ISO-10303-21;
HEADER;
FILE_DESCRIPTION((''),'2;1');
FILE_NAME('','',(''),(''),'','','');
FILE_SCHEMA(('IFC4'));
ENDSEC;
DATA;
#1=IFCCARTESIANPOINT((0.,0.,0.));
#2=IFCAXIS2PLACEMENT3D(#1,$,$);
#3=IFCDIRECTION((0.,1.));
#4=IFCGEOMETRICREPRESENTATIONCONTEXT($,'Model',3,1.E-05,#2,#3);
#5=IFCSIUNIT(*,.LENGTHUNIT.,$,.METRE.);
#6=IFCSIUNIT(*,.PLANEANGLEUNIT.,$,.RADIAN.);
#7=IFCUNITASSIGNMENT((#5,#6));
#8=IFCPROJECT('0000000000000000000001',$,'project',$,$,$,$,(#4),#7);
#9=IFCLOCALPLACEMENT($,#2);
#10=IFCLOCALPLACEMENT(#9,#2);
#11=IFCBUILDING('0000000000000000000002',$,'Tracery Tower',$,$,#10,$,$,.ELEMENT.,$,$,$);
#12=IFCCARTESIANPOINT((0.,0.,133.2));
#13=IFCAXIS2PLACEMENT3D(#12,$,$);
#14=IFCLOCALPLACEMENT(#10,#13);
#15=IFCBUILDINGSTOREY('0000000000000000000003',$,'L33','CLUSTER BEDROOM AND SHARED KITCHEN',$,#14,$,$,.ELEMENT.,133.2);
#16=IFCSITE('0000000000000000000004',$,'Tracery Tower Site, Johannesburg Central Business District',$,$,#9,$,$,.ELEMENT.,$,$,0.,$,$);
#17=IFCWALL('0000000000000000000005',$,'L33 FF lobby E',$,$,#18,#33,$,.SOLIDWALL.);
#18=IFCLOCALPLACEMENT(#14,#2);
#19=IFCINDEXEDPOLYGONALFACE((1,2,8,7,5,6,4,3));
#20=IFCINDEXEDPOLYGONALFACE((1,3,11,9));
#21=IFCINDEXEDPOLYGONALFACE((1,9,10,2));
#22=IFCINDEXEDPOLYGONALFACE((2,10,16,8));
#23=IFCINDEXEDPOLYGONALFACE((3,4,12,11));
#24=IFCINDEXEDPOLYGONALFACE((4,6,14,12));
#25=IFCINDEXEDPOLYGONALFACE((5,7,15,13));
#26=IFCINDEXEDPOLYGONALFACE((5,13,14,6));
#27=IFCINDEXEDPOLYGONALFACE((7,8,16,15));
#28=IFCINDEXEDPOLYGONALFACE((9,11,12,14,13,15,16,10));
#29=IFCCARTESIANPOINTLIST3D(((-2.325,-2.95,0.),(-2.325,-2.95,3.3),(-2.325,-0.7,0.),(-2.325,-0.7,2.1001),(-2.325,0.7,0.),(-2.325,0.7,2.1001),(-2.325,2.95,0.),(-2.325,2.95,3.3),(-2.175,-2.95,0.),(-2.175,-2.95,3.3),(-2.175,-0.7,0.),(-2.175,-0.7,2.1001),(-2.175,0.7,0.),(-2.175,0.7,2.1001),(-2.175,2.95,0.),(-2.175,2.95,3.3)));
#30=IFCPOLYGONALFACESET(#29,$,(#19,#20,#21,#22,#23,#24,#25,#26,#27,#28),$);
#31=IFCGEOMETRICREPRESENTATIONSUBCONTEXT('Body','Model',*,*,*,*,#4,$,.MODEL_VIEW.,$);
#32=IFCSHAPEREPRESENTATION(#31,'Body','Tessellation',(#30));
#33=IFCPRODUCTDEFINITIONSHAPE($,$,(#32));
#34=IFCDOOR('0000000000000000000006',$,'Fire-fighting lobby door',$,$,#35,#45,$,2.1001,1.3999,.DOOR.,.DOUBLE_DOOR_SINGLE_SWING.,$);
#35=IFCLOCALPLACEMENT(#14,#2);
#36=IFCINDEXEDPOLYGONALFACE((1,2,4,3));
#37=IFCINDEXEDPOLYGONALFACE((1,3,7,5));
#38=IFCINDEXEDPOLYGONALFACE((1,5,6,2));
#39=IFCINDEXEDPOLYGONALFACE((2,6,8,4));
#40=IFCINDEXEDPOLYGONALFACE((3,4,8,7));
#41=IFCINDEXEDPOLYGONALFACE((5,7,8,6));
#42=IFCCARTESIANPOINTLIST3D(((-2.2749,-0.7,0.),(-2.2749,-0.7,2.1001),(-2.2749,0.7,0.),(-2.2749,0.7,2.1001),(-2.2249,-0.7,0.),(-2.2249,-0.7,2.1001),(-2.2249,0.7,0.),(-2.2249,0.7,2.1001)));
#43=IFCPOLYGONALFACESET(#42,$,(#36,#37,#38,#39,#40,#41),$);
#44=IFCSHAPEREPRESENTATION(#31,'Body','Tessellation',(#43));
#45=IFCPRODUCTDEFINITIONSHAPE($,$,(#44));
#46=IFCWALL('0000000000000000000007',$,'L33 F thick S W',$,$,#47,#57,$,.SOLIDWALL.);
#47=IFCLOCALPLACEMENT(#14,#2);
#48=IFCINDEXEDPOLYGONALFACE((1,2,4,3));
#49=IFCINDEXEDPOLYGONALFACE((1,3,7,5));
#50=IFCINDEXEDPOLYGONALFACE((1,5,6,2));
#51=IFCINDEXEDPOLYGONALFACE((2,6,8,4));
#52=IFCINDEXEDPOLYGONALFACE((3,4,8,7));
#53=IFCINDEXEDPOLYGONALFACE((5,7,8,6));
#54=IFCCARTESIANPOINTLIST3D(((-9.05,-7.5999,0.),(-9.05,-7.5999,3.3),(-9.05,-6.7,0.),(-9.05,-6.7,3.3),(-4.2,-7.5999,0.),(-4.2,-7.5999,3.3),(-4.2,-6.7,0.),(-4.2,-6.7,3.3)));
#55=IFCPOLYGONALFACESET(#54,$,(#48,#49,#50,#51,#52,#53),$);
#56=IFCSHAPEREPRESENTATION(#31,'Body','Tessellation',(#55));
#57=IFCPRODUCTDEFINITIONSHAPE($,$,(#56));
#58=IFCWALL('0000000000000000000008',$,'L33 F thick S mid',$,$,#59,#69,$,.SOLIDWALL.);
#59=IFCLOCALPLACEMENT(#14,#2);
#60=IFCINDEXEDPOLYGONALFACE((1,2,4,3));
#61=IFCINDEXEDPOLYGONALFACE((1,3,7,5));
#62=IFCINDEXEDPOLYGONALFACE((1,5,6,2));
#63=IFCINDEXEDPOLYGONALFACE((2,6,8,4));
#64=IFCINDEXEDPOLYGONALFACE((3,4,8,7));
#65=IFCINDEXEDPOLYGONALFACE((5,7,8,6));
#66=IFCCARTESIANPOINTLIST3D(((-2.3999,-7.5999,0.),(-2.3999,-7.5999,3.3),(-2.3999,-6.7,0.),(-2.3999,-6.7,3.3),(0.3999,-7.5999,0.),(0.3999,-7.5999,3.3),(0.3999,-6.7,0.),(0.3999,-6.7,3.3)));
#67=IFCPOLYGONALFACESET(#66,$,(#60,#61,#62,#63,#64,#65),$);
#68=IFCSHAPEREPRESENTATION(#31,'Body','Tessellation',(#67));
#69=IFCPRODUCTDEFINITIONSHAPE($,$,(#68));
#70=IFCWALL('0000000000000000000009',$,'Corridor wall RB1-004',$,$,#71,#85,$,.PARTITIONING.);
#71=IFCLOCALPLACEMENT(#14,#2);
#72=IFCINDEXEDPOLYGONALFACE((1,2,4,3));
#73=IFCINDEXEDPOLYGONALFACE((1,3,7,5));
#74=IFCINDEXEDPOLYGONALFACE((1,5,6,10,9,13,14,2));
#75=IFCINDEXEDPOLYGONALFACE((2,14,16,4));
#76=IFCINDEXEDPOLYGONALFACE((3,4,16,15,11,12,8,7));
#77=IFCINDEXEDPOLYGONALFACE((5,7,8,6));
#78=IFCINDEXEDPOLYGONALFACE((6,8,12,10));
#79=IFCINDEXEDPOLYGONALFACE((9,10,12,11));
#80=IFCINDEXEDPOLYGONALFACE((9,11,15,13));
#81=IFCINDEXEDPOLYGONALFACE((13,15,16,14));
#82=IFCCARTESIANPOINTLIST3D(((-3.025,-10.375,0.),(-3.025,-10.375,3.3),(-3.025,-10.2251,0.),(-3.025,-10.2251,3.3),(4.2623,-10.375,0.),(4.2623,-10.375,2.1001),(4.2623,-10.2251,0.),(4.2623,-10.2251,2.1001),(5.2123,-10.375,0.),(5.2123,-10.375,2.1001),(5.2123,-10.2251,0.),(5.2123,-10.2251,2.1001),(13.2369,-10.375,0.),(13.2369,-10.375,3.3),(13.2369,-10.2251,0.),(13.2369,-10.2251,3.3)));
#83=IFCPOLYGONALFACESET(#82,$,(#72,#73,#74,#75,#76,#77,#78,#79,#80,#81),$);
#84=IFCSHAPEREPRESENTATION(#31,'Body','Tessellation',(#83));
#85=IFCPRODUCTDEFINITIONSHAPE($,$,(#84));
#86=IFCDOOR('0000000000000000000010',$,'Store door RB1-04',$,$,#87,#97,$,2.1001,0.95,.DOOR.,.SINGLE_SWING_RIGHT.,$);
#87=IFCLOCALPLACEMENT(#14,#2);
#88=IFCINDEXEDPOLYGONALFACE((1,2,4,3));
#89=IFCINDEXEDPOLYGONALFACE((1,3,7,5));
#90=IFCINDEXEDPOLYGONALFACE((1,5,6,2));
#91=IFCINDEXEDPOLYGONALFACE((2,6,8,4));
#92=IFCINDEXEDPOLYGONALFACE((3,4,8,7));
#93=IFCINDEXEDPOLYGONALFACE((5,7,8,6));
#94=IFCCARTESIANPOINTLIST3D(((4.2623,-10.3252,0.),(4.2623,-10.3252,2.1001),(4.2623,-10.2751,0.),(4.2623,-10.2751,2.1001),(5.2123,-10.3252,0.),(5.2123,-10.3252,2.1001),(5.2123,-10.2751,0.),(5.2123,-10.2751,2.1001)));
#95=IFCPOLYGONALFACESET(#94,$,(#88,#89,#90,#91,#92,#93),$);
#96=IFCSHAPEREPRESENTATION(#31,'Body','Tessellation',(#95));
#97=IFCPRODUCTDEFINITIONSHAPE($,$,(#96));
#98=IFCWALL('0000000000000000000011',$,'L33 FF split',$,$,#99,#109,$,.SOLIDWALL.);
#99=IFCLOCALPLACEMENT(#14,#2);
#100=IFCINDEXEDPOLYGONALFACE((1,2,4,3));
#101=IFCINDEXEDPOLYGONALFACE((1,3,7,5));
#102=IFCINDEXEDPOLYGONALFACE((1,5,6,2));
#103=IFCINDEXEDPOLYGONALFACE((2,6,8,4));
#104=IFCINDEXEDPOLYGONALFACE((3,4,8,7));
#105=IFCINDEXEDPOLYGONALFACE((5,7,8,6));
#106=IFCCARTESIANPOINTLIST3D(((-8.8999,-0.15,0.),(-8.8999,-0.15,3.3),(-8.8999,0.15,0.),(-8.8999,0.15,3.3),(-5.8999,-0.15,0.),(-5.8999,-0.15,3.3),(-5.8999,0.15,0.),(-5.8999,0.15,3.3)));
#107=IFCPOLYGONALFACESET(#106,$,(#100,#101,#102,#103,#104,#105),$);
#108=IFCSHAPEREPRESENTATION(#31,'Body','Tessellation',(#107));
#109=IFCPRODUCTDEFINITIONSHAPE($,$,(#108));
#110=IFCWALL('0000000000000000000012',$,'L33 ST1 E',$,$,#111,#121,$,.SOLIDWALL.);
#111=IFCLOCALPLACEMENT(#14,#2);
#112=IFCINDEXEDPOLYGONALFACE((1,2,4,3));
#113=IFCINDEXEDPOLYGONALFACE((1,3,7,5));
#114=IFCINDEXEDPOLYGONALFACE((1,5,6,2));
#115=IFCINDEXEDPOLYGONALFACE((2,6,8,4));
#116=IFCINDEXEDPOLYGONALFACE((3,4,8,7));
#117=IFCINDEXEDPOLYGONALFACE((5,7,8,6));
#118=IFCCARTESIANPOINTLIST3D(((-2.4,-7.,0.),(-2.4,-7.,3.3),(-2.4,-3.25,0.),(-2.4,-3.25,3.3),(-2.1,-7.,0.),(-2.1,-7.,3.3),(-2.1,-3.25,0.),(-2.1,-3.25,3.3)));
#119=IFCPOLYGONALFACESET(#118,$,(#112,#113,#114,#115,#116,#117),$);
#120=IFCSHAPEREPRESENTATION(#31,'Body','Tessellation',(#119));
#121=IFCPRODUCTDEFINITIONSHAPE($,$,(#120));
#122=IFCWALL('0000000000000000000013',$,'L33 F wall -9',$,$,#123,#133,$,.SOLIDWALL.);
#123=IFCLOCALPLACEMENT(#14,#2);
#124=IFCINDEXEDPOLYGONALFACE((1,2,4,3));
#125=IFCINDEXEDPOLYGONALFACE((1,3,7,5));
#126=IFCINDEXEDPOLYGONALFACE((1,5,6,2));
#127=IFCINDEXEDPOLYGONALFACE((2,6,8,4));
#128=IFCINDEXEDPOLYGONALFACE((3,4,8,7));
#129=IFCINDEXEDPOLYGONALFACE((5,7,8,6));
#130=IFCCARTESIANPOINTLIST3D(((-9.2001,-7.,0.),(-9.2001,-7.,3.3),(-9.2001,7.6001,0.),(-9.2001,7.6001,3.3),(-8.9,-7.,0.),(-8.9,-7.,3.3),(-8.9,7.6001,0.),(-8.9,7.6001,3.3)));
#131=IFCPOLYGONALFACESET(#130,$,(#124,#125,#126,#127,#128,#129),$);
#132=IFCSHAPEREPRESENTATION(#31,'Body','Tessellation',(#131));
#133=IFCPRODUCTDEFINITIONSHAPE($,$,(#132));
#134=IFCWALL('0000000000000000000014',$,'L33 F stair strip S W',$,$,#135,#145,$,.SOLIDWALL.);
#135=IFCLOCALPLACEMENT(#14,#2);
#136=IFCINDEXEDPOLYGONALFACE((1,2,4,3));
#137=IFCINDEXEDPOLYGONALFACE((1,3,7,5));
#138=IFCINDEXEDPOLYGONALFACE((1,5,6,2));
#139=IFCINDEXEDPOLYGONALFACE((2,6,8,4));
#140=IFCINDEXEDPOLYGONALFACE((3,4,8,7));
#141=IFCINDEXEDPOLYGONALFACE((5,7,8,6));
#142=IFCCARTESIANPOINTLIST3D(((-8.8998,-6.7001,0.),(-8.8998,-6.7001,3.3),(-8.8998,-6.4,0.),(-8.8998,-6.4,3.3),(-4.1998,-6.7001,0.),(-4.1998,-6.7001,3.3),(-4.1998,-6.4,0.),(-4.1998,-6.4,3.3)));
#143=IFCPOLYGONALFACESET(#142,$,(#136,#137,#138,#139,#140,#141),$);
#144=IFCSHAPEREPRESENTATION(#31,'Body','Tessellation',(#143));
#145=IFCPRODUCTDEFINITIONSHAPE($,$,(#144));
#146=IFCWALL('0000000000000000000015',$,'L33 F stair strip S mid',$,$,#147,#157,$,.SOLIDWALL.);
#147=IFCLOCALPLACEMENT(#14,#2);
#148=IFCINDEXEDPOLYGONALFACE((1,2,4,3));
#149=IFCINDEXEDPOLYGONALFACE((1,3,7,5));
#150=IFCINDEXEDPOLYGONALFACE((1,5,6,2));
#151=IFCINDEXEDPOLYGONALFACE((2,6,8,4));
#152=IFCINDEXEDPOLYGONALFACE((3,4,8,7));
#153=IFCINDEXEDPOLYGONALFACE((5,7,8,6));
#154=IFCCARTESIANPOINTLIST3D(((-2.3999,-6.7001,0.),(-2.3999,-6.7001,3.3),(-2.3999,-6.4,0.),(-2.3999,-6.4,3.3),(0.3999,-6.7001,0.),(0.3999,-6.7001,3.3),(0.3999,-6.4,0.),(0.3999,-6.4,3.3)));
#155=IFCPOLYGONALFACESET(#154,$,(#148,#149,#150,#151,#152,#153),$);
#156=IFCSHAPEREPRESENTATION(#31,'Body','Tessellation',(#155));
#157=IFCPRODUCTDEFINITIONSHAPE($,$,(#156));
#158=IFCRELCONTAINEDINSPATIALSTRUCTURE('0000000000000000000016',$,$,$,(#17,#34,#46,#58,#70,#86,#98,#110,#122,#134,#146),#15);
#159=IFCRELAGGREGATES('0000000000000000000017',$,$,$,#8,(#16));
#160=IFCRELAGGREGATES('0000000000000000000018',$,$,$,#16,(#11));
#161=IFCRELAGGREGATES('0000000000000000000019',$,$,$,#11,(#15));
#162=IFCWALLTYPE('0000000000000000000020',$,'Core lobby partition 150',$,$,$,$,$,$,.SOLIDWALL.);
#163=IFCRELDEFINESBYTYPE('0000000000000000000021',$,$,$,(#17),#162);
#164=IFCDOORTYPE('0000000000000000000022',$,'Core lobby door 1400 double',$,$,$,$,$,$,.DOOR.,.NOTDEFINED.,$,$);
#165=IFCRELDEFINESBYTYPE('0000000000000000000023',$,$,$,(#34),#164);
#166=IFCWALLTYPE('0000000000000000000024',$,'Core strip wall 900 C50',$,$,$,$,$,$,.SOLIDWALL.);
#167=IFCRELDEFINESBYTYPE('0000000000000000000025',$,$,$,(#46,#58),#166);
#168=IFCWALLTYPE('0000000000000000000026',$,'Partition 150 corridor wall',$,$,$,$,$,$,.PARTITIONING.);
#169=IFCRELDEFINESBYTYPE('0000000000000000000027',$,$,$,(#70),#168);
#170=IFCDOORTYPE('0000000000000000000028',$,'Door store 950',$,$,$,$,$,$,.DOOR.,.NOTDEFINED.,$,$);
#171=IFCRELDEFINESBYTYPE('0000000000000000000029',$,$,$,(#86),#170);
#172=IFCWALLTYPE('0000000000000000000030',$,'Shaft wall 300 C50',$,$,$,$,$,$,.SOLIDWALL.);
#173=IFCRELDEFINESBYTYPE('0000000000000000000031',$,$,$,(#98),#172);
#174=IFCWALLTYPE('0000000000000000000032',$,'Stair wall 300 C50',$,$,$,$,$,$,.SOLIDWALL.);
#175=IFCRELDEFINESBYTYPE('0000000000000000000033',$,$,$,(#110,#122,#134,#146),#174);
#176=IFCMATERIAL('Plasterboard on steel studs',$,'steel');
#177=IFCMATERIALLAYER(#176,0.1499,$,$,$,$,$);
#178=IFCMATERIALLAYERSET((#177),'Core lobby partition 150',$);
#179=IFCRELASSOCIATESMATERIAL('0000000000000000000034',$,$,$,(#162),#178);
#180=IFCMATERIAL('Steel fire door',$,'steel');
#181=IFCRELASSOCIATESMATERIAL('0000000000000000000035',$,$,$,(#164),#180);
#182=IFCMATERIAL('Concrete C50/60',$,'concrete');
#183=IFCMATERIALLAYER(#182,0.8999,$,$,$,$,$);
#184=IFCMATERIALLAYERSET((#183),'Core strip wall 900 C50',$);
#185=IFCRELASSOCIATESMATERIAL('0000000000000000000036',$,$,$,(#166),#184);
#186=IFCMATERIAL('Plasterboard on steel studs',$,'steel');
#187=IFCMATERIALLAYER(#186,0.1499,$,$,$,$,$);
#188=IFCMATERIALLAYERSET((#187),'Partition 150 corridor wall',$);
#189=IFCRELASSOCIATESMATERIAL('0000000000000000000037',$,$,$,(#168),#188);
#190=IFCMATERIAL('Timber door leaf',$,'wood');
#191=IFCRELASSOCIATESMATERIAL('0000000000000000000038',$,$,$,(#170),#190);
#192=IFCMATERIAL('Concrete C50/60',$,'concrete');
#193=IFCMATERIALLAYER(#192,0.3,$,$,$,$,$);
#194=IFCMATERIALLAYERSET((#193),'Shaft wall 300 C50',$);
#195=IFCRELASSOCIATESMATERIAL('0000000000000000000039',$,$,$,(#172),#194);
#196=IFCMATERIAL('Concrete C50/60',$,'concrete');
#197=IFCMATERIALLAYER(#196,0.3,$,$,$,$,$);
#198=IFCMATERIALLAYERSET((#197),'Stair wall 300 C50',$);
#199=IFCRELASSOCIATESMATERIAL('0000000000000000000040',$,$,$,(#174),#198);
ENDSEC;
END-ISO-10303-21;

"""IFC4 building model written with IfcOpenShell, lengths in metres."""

from ifc_helpers import new_model, si_unit, direction, frame, frame_2d, origin, place, context, subcontext, project, spatial, rectangle, extrude, material, layer, layer_set, type_object, element, fill, save


model = new_model("IFC4")

# Units and contexts
model_context = context("Model", 3, precision=1e-05, world=origin(), true_north=direction((0.0, 1.0)))
body_context = subcontext(model_context, "Body", "Model", "MODEL_VIEW")
ifc_project = project(units=[si_unit("LENGTHUNIT", "METRE"), si_unit("PLANEANGLEUNIT", "RADIAN")], contexts=[model_context])

# Site, building, storey
site_placement = place(None, origin())
site = spatial("IfcSite", under=ifc_project, at=site_placement, Name="Tracery Tower Site, Johannesburg Central Business District", CompositionType="ELEMENT", RefElevation=0.0)
building_placement = place(site_placement, origin())
building = spatial("IfcBuilding", under=site, at=building_placement, Name="Tracery Tower", CompositionType="ELEMENT")
storey_placement = place(building_placement, frame((0.0, 0.0, 133.2)))
storey = spatial("IfcBuildingStorey", under=building, at=storey_placement, Name="L33", Description="CLUSTER BEDROOM AND SHARED KITCHEN", CompositionType="ELEMENT", Elevation=133.2)

# Wall, opening, door
ifc_material_1 = material(Name="Plasterboard on steel studs", Category="steel")
ifc_layer_1 = layer(ifc_material_1, 0.1499)
ifc_layer_set_1 = layer_set([ifc_layer_1], Name="Core lobby partition 150")
wall_type_1 = type_object("IfcWallType", Name="Core lobby partition 150", PredefinedType="SOLIDWALL", material=ifc_layer_set_1)
wall_1_placement = place(storey_placement, frame((-2.25, -2.95, 0.0), z_axis=(0.0, 0.0, 1.0), x_axis=(0.0, 1.0, 0.0)))
wall_1 = element("IfcWall", 1, at=wall_1_placement, inside=storey, type_object=wall_type_1, Name="L33 FF lobby E", PredefinedType="SOLIDWALL", context=body_context, shape_type="SweptSolid", body=[
    extrude(rectangle(XDim=5.8999, YDim=0.1499, at=frame_2d((2.95, 0.0))), origin(), (0.0, 0.0, 1.0), 3.3),
])
opening_1_placement = place(wall_1_placement, frame((2.25, 0.0, 0.0)))
opening_1 = element("IfcOpeningElement", 2, at=opening_1_placement, cuts=wall_1, PredefinedType="OPENING", context=body_context, shape_type="SweptSolid", body=[
    extrude(rectangle(XDim=1.3999, YDim=2.1001, at=frame_2d((0.7, 1.05))), frame((0.0, 0.075, 0.0), z_axis=(0.0, -1.0, 0.0), x_axis=(1.0, 0.0, 0.0)), (0.0, 0.0, 1.0), 0.1499),
])
ifc_material_2 = material(Name="Steel fire door", Category="steel")
door_type_1 = type_object("IfcDoorType", Name="Core lobby door 1400 double", OperationType="NOTDEFINED", PredefinedType="DOOR", material=ifc_material_2)
door_1_placement = place(opening_1_placement, origin())
door_1 = element("IfcDoor", 3, at=door_1_placement, inside=storey, type_object=door_type_1, Name="Fire-fighting lobby door", OperationType="DOUBLE_DOOR_SINGLE_SWING", OverallHeight=2.1001, OverallWidth=1.3999, PredefinedType="DOOR", context=body_context, shape_type="SweptSolid", body=[
    extrude(rectangle(XDim=1.3999, YDim=2.1001, at=frame_2d((0.7, 1.05))), frame((0.0, 0.0249, 0.0), z_axis=(0.0, -1.0, 0.0), x_axis=(1.0, 0.0, 0.0)), (0.0, 0.0, 1.0), 0.05),
])
fill(opening_1, door_1)

# Walls
ifc_material_3 = material(Name="Concrete C50/60", Category="concrete")
ifc_layer_2 = layer(ifc_material_3, 0.8999)
ifc_layer_set_2 = layer_set([ifc_layer_2], Name="Core strip wall 900 C50")
wall_type_2 = type_object("IfcWallType", Name="Core strip wall 900 C50", PredefinedType="SOLIDWALL", material=ifc_layer_set_2)
wall_2_placement = place(storey_placement, frame((-9.05, -7.1499, 0.0), z_axis=(0.0, 0.0, 1.0), x_axis=(1.0, 0.0, 0.0)))
element("IfcWall", 4, at=wall_2_placement, inside=storey, type_object=wall_type_2, Name="L33 F thick S W", PredefinedType="SOLIDWALL", context=body_context, shape_type="SweptSolid", body=[
    extrude(rectangle(XDim=4.8501, YDim=0.8999, at=frame_2d((2.425, 0.0))), origin(), (0.0, 0.0, 1.0), 3.3),
])
wall_3_placement = place(storey_placement, frame((-2.3999, -7.1499, 0.0), z_axis=(0.0, 0.0, 1.0), x_axis=(1.0, 0.0, 0.0)))
element("IfcWall", 5, at=wall_3_placement, inside=storey, type_object=wall_type_2, Name="L33 F thick S mid", PredefinedType="SOLIDWALL", context=body_context, shape_type="SweptSolid", body=[
    extrude(rectangle(XDim=2.7998, YDim=0.8999, at=frame_2d((1.3999, 0.0))), origin(), (0.0, 0.0, 1.0), 3.3),
])

# Wall, opening, door
ifc_material_4 = material(Name="Plasterboard on steel studs", Category="steel")
ifc_layer_3 = layer(ifc_material_4, 0.1499)
ifc_layer_set_3 = layer_set([ifc_layer_3], Name="Partition 150 corridor wall")
wall_type_3 = type_object("IfcWallType", Name="Partition 150 corridor wall", PredefinedType="PARTITIONING", material=ifc_layer_set_3)
wall_4_placement = place(storey_placement, frame((-3.0249, -10.3, 0.0), z_axis=(0.0, 0.0, 1.0), x_axis=(1.0, 0.0, 0.0)))
wall_4 = element("IfcWall", 6, at=wall_4_placement, inside=storey, type_object=wall_type_3, Name="Corridor wall RB1-004", PredefinedType="PARTITIONING", context=body_context, shape_type="SweptSolid", body=[
    extrude(rectangle(XDim=16.262, YDim=0.1499, at=frame_2d((8.1309, 0.0))), origin(), (0.0, 0.0, 1.0), 3.3),
])
opening_2_placement = place(wall_4_placement, frame((7.2871, 0.0, 0.0)))
opening_2 = element("IfcOpeningElement", 7, at=opening_2_placement, cuts=wall_4, PredefinedType="OPENING", context=body_context, shape_type="SweptSolid", body=[
    extrude(rectangle(XDim=0.95, YDim=2.1001, at=frame_2d((0.4751, 1.05))), frame((0.0, 0.075, 0.0), z_axis=(0.0, -1.0, 0.0), x_axis=(1.0, 0.0, 0.0)), (0.0, 0.0, 1.0), 0.1499),
])
ifc_material_5 = material(Name="Timber door leaf", Category="wood")
door_type_2 = type_object("IfcDoorType", Name="Door store 950", OperationType="NOTDEFINED", PredefinedType="DOOR", material=ifc_material_5)
door_2_placement = place(opening_2_placement, origin())
door_2 = element("IfcDoor", 8, at=door_2_placement, inside=storey, type_object=door_type_2, Name="Store door RB1-04", OperationType="SINGLE_SWING_RIGHT", OverallHeight=2.1001, OverallWidth=0.95, PredefinedType="DOOR", context=body_context, shape_type="SweptSolid", body=[
    extrude(rectangle(XDim=0.95, YDim=2.1001, at=frame_2d((0.4751, 1.05))), frame((0.0, 0.0249, 0.0), z_axis=(0.0, -1.0, 0.0), x_axis=(1.0, 0.0, 0.0)), (0.0, 0.0, 1.0), 0.05),
])
fill(opening_2, door_2)

# Wall
ifc_material_6 = material(Name="Concrete C50/60", Category="concrete")
ifc_layer_4 = layer(ifc_material_6, 0.3)
ifc_layer_set_4 = layer_set([ifc_layer_4], Name="Shaft wall 300 C50")
wall_type_4 = type_object("IfcWallType", Name="Shaft wall 300 C50", PredefinedType="SOLIDWALL", material=ifc_layer_set_4)
wall_5_placement = place(storey_placement, frame((-8.8999, 0.0, 0.0), z_axis=(0.0, 0.0, 1.0), x_axis=(1.0, 0.0, 0.0)))
element("IfcWall", 9, at=wall_5_placement, inside=storey, type_object=wall_type_4, Name="L33 FF split", PredefinedType="SOLIDWALL", context=body_context, shape_type="SweptSolid", body=[
    extrude(rectangle(XDim=3.0, YDim=0.3, at=frame_2d((1.5, 0.0))), origin(), (0.0, 0.0, 1.0), 3.3),
])

# Shared definitions
ifc_material_7 = material(Name="Concrete C50/60", Category="concrete")
ifc_layer_5 = layer(ifc_material_7, 0.3)
ifc_layer_set_5 = layer_set([ifc_layer_5], Name="Stair wall 300 C50")
wall_type_5 = type_object("IfcWallType", Name="Stair wall 300 C50", PredefinedType="SOLIDWALL", material=ifc_layer_set_5)

# Walls
wall_6_placement = place(storey_placement, frame((-2.25, -7.0, 0.0), z_axis=(0.0, 0.0, 1.0), x_axis=(0.0, 1.0, 0.0)))
element("IfcWall", 10, at=wall_6_placement, inside=storey, type_object=wall_type_5, Name="L33 ST1 E", PredefinedType="SOLIDWALL", context=body_context, shape_type="SweptSolid", body=[
    extrude(rectangle(XDim=3.75, YDim=0.3, at=frame_2d((1.875, 0.0))), origin(), (0.0, 0.0, 1.0), 3.3),
])
wall_7_placement = place(storey_placement, frame((-9.05, -7.0, 0.0), z_axis=(0.0, 0.0, 1.0), x_axis=(0.0, 1.0, 0.0)))
element("IfcWall", 11, at=wall_7_placement, inside=storey, type_object=wall_type_5, Name="L33 F wall -9", PredefinedType="SOLIDWALL", context=body_context, shape_type="SweptSolid", body=[
    extrude(rectangle(XDim=14.6001, YDim=0.3, at=frame_2d((7.3, 0.0))), origin(), (0.0, 0.0, 1.0), 3.3),
])
wall_8_placement = place(storey_placement, frame((-8.8999, -6.55, 0.0), z_axis=(0.0, 0.0, 1.0), x_axis=(1.0, 0.0, 0.0)))
element("IfcWall", 12, at=wall_8_placement, inside=storey, type_object=wall_type_5, Name="L33 F stair strip S W", PredefinedType="SOLIDWALL", context=body_context, shape_type="SweptSolid", body=[
    extrude(rectangle(XDim=4.7, YDim=0.3, at=frame_2d((2.3501, 0.0))), origin(), (0.0, 0.0, 1.0), 3.3),
])
wall_9_placement = place(storey_placement, frame((-2.3999, -6.55, 0.0), z_axis=(0.0, 0.0, 1.0), x_axis=(1.0, 0.0, 0.0)))
element("IfcWall", 13, at=wall_9_placement, inside=storey, type_object=wall_type_5, Name="L33 F stair strip S mid", PredefinedType="SOLIDWALL", context=body_context, shape_type="SweptSolid", body=[
    extrude(rectangle(XDim=2.7998, YDim=0.3, at=frame_2d((1.3999, 0.0))), origin(), (0.0, 0.0, 1.0), 3.3),
])

save(model, "model.ifc")
